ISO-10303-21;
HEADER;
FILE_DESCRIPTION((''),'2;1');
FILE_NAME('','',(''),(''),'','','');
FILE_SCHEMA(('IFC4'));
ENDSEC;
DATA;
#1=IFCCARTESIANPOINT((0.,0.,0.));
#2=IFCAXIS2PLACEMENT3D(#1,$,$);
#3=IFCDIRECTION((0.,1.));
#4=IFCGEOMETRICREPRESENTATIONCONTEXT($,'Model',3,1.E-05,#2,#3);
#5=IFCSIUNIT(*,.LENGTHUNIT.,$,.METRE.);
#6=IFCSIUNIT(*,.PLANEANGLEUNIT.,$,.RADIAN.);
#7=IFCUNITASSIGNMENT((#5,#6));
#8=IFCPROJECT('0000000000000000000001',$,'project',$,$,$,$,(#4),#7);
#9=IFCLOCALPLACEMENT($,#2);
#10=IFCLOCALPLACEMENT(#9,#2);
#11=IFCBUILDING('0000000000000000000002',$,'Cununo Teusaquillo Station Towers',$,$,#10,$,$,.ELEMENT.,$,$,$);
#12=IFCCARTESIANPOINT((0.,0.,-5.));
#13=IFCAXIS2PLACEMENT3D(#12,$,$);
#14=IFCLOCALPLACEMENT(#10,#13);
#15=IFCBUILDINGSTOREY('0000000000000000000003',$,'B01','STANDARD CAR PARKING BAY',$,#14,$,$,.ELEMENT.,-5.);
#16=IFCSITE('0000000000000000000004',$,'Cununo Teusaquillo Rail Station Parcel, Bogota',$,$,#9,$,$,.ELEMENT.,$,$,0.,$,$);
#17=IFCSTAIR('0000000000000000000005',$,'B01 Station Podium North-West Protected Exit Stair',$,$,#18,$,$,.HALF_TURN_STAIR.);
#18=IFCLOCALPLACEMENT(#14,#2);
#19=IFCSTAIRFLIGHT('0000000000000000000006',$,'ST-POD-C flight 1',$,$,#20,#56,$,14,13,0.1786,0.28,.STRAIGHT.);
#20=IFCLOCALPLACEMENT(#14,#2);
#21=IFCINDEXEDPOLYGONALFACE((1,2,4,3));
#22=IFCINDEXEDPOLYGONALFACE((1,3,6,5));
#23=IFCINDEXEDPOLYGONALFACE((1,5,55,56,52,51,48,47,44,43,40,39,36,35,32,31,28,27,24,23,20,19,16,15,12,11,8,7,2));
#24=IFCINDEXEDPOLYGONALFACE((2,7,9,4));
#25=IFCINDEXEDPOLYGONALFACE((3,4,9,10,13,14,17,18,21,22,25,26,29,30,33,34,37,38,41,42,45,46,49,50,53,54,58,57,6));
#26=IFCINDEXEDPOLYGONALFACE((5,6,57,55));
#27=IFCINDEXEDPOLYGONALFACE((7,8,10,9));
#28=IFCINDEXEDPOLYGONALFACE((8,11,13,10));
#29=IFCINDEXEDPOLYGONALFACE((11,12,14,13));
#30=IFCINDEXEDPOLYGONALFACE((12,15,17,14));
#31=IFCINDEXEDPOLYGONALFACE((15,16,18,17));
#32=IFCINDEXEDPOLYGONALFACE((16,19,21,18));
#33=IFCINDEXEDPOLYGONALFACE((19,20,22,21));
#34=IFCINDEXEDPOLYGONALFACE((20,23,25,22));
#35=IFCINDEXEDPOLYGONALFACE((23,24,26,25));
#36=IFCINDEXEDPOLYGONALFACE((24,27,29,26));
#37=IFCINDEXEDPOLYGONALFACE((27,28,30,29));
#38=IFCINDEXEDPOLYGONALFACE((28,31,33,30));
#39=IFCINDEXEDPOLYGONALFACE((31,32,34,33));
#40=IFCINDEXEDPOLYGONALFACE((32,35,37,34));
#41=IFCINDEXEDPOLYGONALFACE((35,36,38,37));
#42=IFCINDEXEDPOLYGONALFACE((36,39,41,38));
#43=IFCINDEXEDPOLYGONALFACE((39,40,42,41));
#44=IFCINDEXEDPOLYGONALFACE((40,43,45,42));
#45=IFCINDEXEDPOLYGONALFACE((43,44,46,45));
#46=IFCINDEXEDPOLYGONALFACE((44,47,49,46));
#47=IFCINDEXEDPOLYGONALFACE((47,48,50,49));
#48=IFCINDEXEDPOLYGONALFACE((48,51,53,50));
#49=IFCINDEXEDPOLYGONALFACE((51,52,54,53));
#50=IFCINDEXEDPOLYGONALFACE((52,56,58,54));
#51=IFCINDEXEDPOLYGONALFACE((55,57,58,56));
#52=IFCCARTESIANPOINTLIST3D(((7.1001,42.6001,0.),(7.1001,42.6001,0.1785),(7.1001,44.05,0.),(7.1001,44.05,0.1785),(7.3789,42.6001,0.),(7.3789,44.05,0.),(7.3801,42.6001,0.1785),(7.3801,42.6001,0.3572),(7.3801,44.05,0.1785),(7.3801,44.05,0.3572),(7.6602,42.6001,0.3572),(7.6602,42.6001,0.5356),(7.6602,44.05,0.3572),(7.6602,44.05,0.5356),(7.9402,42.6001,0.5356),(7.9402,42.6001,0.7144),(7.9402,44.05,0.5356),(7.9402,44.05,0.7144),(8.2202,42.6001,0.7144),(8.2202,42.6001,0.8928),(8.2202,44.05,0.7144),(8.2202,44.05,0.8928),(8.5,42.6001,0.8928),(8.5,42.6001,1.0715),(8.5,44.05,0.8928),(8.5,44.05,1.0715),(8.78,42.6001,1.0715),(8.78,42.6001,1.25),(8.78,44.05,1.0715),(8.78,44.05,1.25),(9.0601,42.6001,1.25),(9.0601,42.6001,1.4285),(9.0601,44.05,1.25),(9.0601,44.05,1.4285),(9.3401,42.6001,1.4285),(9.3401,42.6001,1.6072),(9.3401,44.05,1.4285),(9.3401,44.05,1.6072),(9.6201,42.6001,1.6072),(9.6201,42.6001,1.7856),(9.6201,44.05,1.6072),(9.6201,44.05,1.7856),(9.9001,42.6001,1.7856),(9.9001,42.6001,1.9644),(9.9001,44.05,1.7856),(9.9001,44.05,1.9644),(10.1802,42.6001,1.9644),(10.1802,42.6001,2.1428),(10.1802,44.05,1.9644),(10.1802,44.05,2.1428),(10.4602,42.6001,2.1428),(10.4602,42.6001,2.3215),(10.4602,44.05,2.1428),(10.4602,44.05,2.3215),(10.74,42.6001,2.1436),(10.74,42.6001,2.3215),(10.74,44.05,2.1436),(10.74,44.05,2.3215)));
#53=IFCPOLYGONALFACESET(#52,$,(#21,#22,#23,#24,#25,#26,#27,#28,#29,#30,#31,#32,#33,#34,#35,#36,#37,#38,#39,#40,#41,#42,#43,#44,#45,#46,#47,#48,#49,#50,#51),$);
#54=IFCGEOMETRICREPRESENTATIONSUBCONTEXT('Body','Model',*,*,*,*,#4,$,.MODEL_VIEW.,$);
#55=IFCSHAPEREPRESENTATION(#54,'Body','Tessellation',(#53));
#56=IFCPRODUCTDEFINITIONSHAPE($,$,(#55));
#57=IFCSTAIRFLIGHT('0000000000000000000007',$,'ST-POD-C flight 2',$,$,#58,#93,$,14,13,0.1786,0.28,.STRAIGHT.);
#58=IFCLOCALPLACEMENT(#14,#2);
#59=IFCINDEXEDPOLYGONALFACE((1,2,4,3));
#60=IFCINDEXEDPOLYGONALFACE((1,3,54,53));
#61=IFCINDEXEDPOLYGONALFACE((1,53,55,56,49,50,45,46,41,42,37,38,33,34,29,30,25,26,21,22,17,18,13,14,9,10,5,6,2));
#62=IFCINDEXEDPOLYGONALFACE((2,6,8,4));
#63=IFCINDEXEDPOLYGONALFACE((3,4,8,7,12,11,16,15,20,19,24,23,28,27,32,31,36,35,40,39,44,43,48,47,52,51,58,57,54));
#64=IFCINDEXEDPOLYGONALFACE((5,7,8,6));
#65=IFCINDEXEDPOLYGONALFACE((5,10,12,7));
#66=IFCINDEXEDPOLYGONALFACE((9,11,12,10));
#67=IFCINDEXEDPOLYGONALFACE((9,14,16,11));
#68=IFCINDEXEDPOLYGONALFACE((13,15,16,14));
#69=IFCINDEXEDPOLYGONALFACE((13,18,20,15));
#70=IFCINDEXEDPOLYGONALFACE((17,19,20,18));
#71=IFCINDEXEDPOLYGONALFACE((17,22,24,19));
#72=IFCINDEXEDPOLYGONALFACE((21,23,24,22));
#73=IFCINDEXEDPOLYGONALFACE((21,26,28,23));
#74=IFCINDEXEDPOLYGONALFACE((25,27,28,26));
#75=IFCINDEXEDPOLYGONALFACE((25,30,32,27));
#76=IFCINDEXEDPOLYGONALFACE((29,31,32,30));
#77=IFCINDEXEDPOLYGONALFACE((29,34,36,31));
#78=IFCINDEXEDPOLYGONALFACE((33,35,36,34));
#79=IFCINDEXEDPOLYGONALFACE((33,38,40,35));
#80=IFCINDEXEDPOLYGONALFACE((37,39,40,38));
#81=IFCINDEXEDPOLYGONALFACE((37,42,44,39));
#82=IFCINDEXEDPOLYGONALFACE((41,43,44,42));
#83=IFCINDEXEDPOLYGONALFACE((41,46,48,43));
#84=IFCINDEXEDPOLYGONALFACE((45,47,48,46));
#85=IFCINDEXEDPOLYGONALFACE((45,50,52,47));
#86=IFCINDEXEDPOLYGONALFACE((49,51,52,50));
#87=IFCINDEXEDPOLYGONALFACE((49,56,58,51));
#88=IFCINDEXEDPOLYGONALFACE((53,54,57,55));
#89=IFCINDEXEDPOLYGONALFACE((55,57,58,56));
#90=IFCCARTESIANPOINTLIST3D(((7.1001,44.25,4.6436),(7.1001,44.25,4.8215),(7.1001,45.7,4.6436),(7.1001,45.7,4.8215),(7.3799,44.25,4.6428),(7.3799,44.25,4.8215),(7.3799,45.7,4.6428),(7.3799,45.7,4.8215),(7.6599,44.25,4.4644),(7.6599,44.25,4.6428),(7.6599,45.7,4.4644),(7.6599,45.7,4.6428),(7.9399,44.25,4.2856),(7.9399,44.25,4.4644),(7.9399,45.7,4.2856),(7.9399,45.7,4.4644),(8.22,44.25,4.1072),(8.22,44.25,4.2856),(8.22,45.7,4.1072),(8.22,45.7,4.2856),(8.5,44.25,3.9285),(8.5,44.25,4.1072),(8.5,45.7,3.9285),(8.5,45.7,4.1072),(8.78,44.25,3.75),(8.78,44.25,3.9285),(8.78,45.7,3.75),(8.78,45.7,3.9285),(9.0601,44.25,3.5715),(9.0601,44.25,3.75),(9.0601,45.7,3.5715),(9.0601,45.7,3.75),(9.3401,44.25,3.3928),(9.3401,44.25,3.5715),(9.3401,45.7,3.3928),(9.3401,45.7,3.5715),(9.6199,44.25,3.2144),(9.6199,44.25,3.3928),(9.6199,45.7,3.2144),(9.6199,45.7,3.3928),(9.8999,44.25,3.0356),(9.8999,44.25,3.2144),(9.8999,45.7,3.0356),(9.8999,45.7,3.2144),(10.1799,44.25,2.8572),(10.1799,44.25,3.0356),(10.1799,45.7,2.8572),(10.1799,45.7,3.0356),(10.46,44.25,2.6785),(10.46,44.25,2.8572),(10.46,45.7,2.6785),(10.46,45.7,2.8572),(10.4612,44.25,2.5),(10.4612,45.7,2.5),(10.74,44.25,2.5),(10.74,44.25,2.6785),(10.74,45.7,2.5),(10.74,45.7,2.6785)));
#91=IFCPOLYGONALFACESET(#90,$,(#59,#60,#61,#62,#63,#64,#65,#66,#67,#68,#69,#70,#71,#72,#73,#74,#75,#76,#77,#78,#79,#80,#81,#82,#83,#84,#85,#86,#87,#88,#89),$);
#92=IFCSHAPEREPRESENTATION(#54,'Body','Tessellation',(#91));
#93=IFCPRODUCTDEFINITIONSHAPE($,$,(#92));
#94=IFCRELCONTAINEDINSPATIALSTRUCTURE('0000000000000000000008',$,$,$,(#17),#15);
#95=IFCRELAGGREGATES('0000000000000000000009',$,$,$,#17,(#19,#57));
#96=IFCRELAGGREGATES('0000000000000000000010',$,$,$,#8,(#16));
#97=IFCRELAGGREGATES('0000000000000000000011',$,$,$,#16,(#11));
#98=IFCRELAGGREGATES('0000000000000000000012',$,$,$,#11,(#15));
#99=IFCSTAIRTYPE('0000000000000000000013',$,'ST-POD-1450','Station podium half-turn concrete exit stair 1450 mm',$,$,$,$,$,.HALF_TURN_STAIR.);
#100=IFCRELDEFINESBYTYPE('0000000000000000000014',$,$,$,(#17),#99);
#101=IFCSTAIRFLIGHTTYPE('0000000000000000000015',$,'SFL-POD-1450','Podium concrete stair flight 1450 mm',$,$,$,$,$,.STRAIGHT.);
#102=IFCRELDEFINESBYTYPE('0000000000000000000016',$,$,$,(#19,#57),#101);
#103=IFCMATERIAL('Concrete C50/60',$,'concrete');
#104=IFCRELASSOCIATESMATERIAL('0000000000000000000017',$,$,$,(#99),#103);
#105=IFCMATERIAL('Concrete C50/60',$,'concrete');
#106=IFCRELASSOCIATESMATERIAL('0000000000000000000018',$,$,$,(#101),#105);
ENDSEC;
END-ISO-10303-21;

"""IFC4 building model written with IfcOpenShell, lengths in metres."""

from ifc_helpers import new_model, si_unit, direction, frame, origin, place, context, subcontext, project, spatial, polyline, outline, extrude, material, type_object, element, aggregate, save


model = new_model("IFC4")

# Units and contexts
model_context = context("Model", 3, precision=1e-05, world=origin(), true_north=direction((0.0, 1.0)))
body_context = subcontext(model_context, "Body", "Model", "MODEL_VIEW")
ifc_project = project(units=[si_unit("LENGTHUNIT", "METRE"), si_unit("PLANEANGLEUNIT", "RADIAN")], contexts=[model_context])

# Site, building, storey
site_placement = place(None, origin())
site = spatial("IfcSite", under=ifc_project, at=site_placement, Name="Cununo Teusaquillo Rail Station Parcel, Bogota", CompositionType="ELEMENT", RefElevation=0.0)
building_placement = place(site_placement, origin())
building = spatial("IfcBuilding", under=site, at=building_placement, Name="Cununo Teusaquillo Station Towers", CompositionType="ELEMENT")
storey_placement = place(building_placement, frame((0.0, 0.0, -5.0)))
storey = spatial("IfcBuildingStorey", under=building, at=storey_placement, Name="B01", Description="STANDARD CAR PARKING BAY", CompositionType="ELEMENT", Elevation=-5.0)

# Stair, stair flights
ifc_material_1 = material(Name="Concrete C50/60", Category="concrete")
stair_type = type_object("IfcStairType", Name="ST-POD-1450", Description="Station podium half-turn concrete exit stair 1450 mm", PredefinedType="HALF_TURN_STAIR", material=ifc_material_1)
ifc_material_2 = material(Name="Concrete C50/60", Category="concrete")
stair_flight_type = type_object("IfcStairFlightType", Name="SFL-POD-1450", Description="Podium concrete stair flight 1450 mm", PredefinedType="STRAIGHT", material=ifc_material_2)
stair_1_placement = place(storey_placement, origin())
stair_1 = element("IfcStair", 1, at=stair_1_placement, inside=storey, type_object=stair_type, Name="B01 Station Podium North-West Protected Exit Stair", PredefinedType="HALF_TURN_STAIR")
stair_flight_1_placement = place(storey_placement, frame((7.1001, 43.325, 0.0), z_axis=(0.0, 0.0, 1.0), x_axis=(1.0, 0.0, 0.0)))
stair_flight_1 = element("IfcStairFlight", 2, at=stair_flight_1_placement, type_object=stair_flight_type, Name="ST-POD-C flight 1", NumberOfRisers=14, NumberOfTreads=13, PredefinedType="STRAIGHT", RiserHeight=0.1786, TreadLength=0.28, context=body_context, shape_type="SweptSolid", body=[
    extrude(outline(polyline([(0.0, 0.0), (0.0, 0.1785), (0.28, 0.1785), (0.28, 0.3572), (0.5601, 0.3572), (0.5601, 0.5356), (0.8401, 0.5356), (0.8401, 0.7144), (1.1201, 0.7144), (1.1201, 0.8928), (1.3999, 0.8928), (1.3999, 1.0715), (1.6799, 1.0715), (1.6799, 1.25), (1.96, 1.25), (1.96, 1.4285), (2.24, 1.4285), (2.24, 1.6072), (2.52, 1.6072), (2.52, 1.7856), (2.8, 1.7856), (2.8, 1.9644), (3.0801, 1.9644), (3.0801, 2.1428), (3.3601, 2.1428), (3.3601, 2.3215), (3.6399, 2.3215), (3.6399, 2.5), (3.6399, 2.1436), (0.2788, 0.0), (0.0, 0.0)])), frame((0.0, 0.7251, 0.0), z_axis=(0.0, -1.0, 0.0), x_axis=(1.0, 0.0, 0.0)), (0.0, 0.0, 1.0), 1.45),
])
stair_flight_2_placement = place(storey_placement, frame((10.74, 44.9751, 2.5), z_axis=(0.0, 0.0, 1.0), x_axis=(-1.0, 0.0, 0.0)))
stair_flight_2 = element("IfcStairFlight", 3, at=stair_flight_2_placement, type_object=stair_flight_type, Name="ST-POD-C flight 2", NumberOfRisers=14, NumberOfTreads=13, PredefinedType="STRAIGHT", RiserHeight=0.1786, TreadLength=0.28, context=body_context, shape_type="SweptSolid", body=[
    extrude(outline(polyline([(0.0, 0.0), (0.0, 0.1785), (0.28, 0.1785), (0.28, 0.3572), (0.5601, 0.3572), (0.5601, 0.5356), (0.8401, 0.5356), (0.8401, 0.7144), (1.1201, 0.7144), (1.1201, 0.8928), (1.3999, 0.8928), (1.3999, 1.0715), (1.6799, 1.0715), (1.6799, 1.25), (1.96, 1.25), (1.96, 1.4285), (2.24, 1.4285), (2.24, 1.6072), (2.52, 1.6072), (2.52, 1.7856), (2.8, 1.7856), (2.8, 1.9644), (3.0801, 1.9644), (3.0801, 2.1428), (3.3601, 2.1428), (3.3601, 2.3215), (3.6399, 2.3215), (3.6399, 2.5), (3.6399, 2.1436), (0.2788, 0.0), (0.0, 0.0)])), frame((0.0, 0.7251, 0.0), z_axis=(0.0, -1.0, 0.0), x_axis=(1.0, 0.0, 0.0)), (0.0, 0.0, 1.0), 1.45),
])
aggregate(stair_1, [stair_flight_1, stair_flight_2])

save(model, "model.ifc")
